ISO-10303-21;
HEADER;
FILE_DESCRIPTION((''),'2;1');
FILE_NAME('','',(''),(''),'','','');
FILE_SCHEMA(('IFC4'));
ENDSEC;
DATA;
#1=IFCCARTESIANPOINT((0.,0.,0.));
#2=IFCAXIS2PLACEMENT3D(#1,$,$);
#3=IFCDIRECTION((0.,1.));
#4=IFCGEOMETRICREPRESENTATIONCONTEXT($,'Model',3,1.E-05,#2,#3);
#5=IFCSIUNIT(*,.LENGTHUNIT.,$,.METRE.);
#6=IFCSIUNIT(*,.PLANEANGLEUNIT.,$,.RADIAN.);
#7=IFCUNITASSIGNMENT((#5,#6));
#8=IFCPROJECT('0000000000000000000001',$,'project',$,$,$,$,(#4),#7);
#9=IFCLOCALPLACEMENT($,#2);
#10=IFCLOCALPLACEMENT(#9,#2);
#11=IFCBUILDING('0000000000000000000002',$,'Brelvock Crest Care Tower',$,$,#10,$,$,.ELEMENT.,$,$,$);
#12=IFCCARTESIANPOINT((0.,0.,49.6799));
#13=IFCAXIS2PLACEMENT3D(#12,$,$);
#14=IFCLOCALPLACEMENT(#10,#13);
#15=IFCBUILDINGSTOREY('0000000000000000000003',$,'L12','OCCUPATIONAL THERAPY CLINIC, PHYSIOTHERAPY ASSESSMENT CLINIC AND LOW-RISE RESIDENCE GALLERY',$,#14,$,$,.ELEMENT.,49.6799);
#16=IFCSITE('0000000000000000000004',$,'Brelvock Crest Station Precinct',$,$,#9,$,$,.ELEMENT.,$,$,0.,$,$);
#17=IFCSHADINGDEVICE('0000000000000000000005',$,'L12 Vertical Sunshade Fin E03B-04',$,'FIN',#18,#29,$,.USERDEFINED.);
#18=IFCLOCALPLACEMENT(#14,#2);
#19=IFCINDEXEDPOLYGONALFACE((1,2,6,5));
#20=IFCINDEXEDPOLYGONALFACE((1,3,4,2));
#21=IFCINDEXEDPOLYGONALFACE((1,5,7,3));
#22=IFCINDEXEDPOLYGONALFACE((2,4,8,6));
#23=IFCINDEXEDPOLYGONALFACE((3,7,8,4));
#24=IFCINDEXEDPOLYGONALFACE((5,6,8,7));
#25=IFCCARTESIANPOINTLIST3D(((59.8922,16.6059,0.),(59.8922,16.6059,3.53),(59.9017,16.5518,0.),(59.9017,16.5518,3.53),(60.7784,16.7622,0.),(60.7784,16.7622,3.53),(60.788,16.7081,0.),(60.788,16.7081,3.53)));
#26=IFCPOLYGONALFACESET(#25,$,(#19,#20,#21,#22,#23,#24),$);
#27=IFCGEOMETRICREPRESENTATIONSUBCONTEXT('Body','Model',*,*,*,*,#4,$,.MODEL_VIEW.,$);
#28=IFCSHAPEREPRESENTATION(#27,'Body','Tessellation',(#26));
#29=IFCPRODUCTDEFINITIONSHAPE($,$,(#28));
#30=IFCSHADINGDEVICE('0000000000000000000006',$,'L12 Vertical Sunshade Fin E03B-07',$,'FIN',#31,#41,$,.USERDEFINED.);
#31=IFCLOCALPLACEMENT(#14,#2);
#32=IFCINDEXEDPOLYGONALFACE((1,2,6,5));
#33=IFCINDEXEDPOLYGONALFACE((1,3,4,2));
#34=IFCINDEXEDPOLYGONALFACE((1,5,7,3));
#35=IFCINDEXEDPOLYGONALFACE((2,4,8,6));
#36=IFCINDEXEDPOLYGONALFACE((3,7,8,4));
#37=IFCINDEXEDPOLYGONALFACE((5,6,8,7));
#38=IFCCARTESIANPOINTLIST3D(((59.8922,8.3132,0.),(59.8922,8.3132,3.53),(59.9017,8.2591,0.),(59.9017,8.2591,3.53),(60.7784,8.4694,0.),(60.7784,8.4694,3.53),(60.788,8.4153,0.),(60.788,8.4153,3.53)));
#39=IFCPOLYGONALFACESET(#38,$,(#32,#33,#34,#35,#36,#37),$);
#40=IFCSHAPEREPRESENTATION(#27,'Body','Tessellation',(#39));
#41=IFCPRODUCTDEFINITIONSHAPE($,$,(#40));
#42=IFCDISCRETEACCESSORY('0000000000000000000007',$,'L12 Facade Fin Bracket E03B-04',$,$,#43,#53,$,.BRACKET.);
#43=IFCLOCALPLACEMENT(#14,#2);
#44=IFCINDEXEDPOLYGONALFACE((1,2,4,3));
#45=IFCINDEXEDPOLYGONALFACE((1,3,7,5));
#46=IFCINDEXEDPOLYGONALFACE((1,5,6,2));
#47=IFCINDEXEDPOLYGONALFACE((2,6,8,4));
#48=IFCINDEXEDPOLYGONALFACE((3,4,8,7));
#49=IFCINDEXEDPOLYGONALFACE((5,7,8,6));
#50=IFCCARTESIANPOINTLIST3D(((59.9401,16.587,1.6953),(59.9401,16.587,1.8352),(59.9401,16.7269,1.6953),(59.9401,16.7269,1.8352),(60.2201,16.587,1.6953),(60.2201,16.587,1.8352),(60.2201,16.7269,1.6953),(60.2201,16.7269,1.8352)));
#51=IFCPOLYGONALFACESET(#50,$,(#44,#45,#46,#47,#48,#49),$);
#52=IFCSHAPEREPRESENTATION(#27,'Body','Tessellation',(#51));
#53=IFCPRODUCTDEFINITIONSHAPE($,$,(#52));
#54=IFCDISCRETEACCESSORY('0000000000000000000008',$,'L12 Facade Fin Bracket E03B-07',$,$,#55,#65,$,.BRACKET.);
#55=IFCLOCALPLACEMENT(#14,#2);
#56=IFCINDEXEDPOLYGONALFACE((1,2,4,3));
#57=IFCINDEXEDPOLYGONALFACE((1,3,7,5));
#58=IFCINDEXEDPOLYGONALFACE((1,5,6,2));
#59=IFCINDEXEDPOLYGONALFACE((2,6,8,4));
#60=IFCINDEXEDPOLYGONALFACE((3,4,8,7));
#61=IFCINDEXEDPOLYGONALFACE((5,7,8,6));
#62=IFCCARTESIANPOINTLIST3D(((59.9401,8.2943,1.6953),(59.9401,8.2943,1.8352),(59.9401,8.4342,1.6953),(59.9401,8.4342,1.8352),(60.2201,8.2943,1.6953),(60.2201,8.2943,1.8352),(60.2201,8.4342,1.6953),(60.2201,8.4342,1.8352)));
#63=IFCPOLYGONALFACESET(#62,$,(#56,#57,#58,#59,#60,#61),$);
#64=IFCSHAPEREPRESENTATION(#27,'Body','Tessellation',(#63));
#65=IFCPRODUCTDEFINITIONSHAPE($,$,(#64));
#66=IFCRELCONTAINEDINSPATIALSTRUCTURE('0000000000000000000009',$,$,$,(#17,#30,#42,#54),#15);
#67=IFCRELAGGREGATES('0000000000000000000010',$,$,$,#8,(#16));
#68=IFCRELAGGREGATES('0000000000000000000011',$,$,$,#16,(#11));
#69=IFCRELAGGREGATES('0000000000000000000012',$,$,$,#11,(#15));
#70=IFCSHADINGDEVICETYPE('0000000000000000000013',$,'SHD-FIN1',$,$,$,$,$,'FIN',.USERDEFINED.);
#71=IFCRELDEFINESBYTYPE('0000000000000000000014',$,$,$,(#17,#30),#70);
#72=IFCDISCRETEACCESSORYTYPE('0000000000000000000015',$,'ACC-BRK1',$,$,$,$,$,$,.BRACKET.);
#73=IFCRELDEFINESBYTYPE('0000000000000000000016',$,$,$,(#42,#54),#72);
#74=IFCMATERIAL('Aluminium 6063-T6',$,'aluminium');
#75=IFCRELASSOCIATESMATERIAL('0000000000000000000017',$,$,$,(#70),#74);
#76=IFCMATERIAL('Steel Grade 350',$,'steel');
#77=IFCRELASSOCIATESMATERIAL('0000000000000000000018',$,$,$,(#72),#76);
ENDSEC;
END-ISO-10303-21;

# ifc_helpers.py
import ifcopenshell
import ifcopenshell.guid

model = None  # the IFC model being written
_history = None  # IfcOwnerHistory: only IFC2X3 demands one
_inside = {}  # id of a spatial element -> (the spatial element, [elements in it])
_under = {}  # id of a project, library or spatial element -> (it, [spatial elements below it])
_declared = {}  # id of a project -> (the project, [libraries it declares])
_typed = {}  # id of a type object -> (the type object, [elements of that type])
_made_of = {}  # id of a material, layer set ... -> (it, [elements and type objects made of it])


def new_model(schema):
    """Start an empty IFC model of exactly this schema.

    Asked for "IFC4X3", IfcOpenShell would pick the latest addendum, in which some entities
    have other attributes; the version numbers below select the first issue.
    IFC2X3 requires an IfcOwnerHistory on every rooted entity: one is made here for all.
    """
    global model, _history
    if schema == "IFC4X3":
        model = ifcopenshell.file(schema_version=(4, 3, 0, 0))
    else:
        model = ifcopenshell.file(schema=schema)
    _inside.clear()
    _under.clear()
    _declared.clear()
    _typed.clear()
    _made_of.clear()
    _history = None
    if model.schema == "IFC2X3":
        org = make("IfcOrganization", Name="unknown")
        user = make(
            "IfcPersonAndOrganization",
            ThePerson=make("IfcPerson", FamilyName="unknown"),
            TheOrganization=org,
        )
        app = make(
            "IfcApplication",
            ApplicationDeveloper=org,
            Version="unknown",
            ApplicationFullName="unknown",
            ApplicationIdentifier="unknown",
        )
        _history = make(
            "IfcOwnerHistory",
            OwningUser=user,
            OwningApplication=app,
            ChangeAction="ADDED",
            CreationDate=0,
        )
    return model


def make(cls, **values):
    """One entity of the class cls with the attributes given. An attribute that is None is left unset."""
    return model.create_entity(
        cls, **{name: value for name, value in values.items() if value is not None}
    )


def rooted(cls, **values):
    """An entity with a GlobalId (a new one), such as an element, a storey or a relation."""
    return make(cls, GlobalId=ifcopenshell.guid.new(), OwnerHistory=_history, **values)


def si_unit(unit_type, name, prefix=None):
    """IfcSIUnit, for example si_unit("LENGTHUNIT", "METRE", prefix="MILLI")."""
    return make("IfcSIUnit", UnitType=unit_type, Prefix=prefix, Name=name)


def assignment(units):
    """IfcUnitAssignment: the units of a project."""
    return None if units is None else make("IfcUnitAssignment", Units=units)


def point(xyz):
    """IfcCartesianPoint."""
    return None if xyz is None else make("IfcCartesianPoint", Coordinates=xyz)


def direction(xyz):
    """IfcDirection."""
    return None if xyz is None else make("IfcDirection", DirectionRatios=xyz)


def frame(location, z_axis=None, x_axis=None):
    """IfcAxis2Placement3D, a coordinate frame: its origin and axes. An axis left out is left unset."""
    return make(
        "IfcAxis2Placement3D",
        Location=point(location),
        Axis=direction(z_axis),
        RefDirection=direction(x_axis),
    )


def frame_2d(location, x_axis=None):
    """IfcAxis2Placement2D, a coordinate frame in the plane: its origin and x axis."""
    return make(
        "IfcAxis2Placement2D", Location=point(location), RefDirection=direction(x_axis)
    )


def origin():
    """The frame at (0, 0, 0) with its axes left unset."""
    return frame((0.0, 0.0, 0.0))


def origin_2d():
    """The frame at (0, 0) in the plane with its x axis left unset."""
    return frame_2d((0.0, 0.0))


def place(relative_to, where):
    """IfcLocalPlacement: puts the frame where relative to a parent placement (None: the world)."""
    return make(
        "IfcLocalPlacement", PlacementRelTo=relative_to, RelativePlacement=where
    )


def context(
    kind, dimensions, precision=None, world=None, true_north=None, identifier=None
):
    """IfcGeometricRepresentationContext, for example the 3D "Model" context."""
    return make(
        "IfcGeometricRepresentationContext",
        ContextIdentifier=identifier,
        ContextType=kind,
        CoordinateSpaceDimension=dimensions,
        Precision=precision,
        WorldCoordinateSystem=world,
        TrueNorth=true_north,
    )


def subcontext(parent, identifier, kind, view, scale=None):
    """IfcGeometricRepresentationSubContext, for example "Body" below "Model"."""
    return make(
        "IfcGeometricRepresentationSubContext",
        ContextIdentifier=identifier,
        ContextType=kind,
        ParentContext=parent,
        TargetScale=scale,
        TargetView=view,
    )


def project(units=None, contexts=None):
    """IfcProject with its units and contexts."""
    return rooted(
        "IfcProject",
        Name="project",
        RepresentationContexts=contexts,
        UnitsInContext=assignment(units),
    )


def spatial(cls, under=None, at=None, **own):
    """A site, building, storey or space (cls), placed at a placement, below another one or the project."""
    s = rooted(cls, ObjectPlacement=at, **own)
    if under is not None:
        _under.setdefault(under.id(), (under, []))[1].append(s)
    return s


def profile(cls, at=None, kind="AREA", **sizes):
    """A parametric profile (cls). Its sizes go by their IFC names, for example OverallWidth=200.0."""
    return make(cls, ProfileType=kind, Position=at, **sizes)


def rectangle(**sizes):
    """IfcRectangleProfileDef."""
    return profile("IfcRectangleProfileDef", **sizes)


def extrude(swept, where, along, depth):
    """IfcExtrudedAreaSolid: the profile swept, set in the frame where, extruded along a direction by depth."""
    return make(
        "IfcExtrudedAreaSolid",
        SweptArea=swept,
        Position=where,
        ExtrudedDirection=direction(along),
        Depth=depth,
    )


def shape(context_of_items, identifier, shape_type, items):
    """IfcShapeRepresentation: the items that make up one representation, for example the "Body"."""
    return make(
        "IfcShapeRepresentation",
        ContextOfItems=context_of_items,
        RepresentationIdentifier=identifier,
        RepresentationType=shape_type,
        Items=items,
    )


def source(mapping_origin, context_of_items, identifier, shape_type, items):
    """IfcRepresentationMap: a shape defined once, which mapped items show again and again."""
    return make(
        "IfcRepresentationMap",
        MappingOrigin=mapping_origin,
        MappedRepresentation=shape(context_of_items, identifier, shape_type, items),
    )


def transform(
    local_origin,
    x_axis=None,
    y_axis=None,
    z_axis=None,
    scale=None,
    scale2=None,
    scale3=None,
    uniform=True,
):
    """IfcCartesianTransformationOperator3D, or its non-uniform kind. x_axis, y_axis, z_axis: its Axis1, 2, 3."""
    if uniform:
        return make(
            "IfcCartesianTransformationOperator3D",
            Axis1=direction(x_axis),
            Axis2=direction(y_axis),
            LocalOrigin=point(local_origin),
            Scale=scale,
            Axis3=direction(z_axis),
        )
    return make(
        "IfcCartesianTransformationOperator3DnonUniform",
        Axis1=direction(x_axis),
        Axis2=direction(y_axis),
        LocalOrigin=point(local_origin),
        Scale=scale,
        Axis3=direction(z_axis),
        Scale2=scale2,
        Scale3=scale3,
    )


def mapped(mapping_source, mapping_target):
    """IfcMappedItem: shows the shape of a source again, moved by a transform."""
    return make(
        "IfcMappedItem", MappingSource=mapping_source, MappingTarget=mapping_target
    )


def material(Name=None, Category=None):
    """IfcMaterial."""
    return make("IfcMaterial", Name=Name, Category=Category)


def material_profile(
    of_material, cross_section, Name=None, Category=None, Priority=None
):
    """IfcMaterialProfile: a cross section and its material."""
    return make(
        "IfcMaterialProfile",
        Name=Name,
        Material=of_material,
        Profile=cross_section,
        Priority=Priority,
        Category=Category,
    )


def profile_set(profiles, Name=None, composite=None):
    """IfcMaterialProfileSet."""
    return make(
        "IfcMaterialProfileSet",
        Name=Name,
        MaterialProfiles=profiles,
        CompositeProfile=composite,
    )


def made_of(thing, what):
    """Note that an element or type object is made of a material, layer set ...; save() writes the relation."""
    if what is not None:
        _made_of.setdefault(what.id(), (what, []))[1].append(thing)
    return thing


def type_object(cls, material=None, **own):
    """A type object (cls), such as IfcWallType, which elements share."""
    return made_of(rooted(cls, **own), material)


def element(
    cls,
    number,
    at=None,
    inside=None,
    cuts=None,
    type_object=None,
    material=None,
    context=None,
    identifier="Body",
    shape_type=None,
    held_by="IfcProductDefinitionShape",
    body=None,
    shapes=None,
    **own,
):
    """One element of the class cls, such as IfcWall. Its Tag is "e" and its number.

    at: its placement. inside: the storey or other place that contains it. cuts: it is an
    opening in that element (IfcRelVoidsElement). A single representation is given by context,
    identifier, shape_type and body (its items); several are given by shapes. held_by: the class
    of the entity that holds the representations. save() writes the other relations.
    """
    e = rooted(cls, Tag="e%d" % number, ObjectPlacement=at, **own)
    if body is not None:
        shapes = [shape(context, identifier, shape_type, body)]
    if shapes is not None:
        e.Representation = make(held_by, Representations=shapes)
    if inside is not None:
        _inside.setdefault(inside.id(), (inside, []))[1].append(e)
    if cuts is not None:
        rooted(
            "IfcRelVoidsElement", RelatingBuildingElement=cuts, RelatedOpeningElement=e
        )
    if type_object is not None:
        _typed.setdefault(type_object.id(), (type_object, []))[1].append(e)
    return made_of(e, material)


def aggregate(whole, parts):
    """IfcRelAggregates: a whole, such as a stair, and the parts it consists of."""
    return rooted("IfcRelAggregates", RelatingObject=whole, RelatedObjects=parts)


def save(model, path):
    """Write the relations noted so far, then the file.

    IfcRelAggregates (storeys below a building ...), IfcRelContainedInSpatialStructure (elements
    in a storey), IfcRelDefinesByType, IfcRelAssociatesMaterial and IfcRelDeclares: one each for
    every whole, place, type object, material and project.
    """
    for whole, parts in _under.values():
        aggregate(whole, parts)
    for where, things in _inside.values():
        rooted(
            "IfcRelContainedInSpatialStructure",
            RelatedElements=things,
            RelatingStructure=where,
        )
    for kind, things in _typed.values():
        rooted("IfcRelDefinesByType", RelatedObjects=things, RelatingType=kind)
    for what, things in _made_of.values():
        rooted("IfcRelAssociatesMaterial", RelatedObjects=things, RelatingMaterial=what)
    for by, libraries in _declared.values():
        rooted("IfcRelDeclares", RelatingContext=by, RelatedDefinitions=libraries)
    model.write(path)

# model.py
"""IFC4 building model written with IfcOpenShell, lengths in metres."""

from ifc_helpers import new_model, si_unit, direction, frame, origin, origin_2d, place, context, subcontext, project, spatial, rectangle, extrude, source, transform, mapped, material, material_profile, profile_set, type_object, element, save


model = new_model("IFC4")

# Units and contexts
model_context = context("Model", 3, precision=1e-05, world=origin(), true_north=direction((0.0, 1.0)))
body_context = subcontext(model_context, "Body", "Model", "MODEL_VIEW")
ifc_project = project(units=[si_unit("LENGTHUNIT", "METRE"), si_unit("PLANEANGLEUNIT", "RADIAN")], contexts=[model_context])

# Site, building, storey
site_placement = place(None, origin())
site = spatial("IfcSite", under=ifc_project, at=site_placement, Name="Brelvock Crest Station Precinct", CompositionType="ELEMENT", RefElevation=0.0)
building_placement = place(site_placement, origin())
building = spatial("IfcBuilding", under=site, at=building_placement, Name="Brelvock Crest Care Tower", CompositionType="ELEMENT")
storey_placement = place(building_placement, frame((0.0, 0.0, 49.6799)))
storey = spatial("IfcBuildingStorey", under=building, at=storey_placement, Name="L12", Description="OCCUPATIONAL THERAPY CLINIC, PHYSIOTHERAPY ASSESSMENT CLINIC AND LOW-RISE RESIDENCE GALLERY", CompositionType="ELEMENT", Elevation=49.6799)

# Shared definitions
ifc_material_1 = material(Name="Aluminium 6063-T6", Category="aluminium")

# Shading devices
ifc_material_profile_1 = material_profile(ifc_material_1, rectangle(XDim=0.0549, YDim=0.8999, at=origin_2d()), Name="FIN55x900")
ifc_profile_set_1 = profile_set([ifc_material_profile_1], Name="Aluminium 6063-T6")
shading_device_type = type_object("IfcShadingDeviceType", Name="SHD-FIN1", ElementType="FIN", PredefinedType="USERDEFINED", material=ifc_profile_set_1)
shared_shape_1 = source(origin(), body_context, "Body", "SweptSolid", [
    extrude(rectangle(XDim=0.0549, YDim=0.8999, at=origin_2d()), origin(), (0.0, 0.0, 1.0), 3.53),
])
for number, where, z_axis, x_axis, name in (
    (1, (60.3401, 16.657, 0.0), (0.0, 0.0, 1.0), (0.173648, -0.984808, 0.0), "L12 Vertical Sunshade Fin E03B-04"),
    (2, (60.3401, 8.3643, 0.0), (0.0, 0.0, 1.0), (0.173648, -0.984808, 0.0), "L12 Vertical Sunshade Fin E03B-07"),
):
    element("IfcShadingDevice", number, at=place(storey_placement, frame(where, z_axis=z_axis, x_axis=x_axis)), inside=storey, type_object=shading_device_type, Name=name, ObjectType="FIN", PredefinedType="USERDEFINED", context=body_context, shape_type="MappedRepresentation", body=[
        mapped(shared_shape_1, transform((0.0, 0.0, 0.0), x_axis=(1.0, 0.0, 0.0), y_axis=(0.0, 1.0, 0.0), z_axis=(0.0, 0.0, 1.0), scale=1.0)),
    ])

# Discrete accessories
ifc_material_2 = material(Name="Steel Grade 350", Category="steel")
discrete_accessory_type = type_object("IfcDiscreteAccessoryType", Name="ACC-BRK1", PredefinedType="BRACKET", material=ifc_material_2)
shared_shape_2 = source(origin(), body_context, "Body", "SweptSolid", [
    extrude(rectangle(XDim=0.28, YDim=0.1399, at=origin_2d()), origin(), (0.0, 0.0, 1.0), 0.1399),
])
for number, where, z_axis, x_axis, name in (
    (3, (60.0801, 16.657, 1.6953), (0.0, 0.0, 1.0), (1.0, 0.0, 0.0), "L12 Facade Fin Bracket E03B-04"),
    (4, (60.0801, 8.3643, 1.6953), (0.0, 0.0, 1.0), (1.0, 0.0, 0.0), "L12 Facade Fin Bracket E03B-07"),
):
    element("IfcDiscreteAccessory", number, at=place(storey_placement, frame(where, z_axis=z_axis, x_axis=x_axis)), inside=storey, type_object=discrete_accessory_type, Name=name, PredefinedType="BRACKET", context=body_context, shape_type="MappedRepresentation", body=[
        mapped(shared_shape_2, transform((0.0, 0.0, 0.0), x_axis=(1.0, 0.0, 0.0), y_axis=(0.0, 1.0, 0.0), z_axis=(0.0, 0.0, 1.0), scale=1.0)),
    ])

save(model, "model.ifc")
